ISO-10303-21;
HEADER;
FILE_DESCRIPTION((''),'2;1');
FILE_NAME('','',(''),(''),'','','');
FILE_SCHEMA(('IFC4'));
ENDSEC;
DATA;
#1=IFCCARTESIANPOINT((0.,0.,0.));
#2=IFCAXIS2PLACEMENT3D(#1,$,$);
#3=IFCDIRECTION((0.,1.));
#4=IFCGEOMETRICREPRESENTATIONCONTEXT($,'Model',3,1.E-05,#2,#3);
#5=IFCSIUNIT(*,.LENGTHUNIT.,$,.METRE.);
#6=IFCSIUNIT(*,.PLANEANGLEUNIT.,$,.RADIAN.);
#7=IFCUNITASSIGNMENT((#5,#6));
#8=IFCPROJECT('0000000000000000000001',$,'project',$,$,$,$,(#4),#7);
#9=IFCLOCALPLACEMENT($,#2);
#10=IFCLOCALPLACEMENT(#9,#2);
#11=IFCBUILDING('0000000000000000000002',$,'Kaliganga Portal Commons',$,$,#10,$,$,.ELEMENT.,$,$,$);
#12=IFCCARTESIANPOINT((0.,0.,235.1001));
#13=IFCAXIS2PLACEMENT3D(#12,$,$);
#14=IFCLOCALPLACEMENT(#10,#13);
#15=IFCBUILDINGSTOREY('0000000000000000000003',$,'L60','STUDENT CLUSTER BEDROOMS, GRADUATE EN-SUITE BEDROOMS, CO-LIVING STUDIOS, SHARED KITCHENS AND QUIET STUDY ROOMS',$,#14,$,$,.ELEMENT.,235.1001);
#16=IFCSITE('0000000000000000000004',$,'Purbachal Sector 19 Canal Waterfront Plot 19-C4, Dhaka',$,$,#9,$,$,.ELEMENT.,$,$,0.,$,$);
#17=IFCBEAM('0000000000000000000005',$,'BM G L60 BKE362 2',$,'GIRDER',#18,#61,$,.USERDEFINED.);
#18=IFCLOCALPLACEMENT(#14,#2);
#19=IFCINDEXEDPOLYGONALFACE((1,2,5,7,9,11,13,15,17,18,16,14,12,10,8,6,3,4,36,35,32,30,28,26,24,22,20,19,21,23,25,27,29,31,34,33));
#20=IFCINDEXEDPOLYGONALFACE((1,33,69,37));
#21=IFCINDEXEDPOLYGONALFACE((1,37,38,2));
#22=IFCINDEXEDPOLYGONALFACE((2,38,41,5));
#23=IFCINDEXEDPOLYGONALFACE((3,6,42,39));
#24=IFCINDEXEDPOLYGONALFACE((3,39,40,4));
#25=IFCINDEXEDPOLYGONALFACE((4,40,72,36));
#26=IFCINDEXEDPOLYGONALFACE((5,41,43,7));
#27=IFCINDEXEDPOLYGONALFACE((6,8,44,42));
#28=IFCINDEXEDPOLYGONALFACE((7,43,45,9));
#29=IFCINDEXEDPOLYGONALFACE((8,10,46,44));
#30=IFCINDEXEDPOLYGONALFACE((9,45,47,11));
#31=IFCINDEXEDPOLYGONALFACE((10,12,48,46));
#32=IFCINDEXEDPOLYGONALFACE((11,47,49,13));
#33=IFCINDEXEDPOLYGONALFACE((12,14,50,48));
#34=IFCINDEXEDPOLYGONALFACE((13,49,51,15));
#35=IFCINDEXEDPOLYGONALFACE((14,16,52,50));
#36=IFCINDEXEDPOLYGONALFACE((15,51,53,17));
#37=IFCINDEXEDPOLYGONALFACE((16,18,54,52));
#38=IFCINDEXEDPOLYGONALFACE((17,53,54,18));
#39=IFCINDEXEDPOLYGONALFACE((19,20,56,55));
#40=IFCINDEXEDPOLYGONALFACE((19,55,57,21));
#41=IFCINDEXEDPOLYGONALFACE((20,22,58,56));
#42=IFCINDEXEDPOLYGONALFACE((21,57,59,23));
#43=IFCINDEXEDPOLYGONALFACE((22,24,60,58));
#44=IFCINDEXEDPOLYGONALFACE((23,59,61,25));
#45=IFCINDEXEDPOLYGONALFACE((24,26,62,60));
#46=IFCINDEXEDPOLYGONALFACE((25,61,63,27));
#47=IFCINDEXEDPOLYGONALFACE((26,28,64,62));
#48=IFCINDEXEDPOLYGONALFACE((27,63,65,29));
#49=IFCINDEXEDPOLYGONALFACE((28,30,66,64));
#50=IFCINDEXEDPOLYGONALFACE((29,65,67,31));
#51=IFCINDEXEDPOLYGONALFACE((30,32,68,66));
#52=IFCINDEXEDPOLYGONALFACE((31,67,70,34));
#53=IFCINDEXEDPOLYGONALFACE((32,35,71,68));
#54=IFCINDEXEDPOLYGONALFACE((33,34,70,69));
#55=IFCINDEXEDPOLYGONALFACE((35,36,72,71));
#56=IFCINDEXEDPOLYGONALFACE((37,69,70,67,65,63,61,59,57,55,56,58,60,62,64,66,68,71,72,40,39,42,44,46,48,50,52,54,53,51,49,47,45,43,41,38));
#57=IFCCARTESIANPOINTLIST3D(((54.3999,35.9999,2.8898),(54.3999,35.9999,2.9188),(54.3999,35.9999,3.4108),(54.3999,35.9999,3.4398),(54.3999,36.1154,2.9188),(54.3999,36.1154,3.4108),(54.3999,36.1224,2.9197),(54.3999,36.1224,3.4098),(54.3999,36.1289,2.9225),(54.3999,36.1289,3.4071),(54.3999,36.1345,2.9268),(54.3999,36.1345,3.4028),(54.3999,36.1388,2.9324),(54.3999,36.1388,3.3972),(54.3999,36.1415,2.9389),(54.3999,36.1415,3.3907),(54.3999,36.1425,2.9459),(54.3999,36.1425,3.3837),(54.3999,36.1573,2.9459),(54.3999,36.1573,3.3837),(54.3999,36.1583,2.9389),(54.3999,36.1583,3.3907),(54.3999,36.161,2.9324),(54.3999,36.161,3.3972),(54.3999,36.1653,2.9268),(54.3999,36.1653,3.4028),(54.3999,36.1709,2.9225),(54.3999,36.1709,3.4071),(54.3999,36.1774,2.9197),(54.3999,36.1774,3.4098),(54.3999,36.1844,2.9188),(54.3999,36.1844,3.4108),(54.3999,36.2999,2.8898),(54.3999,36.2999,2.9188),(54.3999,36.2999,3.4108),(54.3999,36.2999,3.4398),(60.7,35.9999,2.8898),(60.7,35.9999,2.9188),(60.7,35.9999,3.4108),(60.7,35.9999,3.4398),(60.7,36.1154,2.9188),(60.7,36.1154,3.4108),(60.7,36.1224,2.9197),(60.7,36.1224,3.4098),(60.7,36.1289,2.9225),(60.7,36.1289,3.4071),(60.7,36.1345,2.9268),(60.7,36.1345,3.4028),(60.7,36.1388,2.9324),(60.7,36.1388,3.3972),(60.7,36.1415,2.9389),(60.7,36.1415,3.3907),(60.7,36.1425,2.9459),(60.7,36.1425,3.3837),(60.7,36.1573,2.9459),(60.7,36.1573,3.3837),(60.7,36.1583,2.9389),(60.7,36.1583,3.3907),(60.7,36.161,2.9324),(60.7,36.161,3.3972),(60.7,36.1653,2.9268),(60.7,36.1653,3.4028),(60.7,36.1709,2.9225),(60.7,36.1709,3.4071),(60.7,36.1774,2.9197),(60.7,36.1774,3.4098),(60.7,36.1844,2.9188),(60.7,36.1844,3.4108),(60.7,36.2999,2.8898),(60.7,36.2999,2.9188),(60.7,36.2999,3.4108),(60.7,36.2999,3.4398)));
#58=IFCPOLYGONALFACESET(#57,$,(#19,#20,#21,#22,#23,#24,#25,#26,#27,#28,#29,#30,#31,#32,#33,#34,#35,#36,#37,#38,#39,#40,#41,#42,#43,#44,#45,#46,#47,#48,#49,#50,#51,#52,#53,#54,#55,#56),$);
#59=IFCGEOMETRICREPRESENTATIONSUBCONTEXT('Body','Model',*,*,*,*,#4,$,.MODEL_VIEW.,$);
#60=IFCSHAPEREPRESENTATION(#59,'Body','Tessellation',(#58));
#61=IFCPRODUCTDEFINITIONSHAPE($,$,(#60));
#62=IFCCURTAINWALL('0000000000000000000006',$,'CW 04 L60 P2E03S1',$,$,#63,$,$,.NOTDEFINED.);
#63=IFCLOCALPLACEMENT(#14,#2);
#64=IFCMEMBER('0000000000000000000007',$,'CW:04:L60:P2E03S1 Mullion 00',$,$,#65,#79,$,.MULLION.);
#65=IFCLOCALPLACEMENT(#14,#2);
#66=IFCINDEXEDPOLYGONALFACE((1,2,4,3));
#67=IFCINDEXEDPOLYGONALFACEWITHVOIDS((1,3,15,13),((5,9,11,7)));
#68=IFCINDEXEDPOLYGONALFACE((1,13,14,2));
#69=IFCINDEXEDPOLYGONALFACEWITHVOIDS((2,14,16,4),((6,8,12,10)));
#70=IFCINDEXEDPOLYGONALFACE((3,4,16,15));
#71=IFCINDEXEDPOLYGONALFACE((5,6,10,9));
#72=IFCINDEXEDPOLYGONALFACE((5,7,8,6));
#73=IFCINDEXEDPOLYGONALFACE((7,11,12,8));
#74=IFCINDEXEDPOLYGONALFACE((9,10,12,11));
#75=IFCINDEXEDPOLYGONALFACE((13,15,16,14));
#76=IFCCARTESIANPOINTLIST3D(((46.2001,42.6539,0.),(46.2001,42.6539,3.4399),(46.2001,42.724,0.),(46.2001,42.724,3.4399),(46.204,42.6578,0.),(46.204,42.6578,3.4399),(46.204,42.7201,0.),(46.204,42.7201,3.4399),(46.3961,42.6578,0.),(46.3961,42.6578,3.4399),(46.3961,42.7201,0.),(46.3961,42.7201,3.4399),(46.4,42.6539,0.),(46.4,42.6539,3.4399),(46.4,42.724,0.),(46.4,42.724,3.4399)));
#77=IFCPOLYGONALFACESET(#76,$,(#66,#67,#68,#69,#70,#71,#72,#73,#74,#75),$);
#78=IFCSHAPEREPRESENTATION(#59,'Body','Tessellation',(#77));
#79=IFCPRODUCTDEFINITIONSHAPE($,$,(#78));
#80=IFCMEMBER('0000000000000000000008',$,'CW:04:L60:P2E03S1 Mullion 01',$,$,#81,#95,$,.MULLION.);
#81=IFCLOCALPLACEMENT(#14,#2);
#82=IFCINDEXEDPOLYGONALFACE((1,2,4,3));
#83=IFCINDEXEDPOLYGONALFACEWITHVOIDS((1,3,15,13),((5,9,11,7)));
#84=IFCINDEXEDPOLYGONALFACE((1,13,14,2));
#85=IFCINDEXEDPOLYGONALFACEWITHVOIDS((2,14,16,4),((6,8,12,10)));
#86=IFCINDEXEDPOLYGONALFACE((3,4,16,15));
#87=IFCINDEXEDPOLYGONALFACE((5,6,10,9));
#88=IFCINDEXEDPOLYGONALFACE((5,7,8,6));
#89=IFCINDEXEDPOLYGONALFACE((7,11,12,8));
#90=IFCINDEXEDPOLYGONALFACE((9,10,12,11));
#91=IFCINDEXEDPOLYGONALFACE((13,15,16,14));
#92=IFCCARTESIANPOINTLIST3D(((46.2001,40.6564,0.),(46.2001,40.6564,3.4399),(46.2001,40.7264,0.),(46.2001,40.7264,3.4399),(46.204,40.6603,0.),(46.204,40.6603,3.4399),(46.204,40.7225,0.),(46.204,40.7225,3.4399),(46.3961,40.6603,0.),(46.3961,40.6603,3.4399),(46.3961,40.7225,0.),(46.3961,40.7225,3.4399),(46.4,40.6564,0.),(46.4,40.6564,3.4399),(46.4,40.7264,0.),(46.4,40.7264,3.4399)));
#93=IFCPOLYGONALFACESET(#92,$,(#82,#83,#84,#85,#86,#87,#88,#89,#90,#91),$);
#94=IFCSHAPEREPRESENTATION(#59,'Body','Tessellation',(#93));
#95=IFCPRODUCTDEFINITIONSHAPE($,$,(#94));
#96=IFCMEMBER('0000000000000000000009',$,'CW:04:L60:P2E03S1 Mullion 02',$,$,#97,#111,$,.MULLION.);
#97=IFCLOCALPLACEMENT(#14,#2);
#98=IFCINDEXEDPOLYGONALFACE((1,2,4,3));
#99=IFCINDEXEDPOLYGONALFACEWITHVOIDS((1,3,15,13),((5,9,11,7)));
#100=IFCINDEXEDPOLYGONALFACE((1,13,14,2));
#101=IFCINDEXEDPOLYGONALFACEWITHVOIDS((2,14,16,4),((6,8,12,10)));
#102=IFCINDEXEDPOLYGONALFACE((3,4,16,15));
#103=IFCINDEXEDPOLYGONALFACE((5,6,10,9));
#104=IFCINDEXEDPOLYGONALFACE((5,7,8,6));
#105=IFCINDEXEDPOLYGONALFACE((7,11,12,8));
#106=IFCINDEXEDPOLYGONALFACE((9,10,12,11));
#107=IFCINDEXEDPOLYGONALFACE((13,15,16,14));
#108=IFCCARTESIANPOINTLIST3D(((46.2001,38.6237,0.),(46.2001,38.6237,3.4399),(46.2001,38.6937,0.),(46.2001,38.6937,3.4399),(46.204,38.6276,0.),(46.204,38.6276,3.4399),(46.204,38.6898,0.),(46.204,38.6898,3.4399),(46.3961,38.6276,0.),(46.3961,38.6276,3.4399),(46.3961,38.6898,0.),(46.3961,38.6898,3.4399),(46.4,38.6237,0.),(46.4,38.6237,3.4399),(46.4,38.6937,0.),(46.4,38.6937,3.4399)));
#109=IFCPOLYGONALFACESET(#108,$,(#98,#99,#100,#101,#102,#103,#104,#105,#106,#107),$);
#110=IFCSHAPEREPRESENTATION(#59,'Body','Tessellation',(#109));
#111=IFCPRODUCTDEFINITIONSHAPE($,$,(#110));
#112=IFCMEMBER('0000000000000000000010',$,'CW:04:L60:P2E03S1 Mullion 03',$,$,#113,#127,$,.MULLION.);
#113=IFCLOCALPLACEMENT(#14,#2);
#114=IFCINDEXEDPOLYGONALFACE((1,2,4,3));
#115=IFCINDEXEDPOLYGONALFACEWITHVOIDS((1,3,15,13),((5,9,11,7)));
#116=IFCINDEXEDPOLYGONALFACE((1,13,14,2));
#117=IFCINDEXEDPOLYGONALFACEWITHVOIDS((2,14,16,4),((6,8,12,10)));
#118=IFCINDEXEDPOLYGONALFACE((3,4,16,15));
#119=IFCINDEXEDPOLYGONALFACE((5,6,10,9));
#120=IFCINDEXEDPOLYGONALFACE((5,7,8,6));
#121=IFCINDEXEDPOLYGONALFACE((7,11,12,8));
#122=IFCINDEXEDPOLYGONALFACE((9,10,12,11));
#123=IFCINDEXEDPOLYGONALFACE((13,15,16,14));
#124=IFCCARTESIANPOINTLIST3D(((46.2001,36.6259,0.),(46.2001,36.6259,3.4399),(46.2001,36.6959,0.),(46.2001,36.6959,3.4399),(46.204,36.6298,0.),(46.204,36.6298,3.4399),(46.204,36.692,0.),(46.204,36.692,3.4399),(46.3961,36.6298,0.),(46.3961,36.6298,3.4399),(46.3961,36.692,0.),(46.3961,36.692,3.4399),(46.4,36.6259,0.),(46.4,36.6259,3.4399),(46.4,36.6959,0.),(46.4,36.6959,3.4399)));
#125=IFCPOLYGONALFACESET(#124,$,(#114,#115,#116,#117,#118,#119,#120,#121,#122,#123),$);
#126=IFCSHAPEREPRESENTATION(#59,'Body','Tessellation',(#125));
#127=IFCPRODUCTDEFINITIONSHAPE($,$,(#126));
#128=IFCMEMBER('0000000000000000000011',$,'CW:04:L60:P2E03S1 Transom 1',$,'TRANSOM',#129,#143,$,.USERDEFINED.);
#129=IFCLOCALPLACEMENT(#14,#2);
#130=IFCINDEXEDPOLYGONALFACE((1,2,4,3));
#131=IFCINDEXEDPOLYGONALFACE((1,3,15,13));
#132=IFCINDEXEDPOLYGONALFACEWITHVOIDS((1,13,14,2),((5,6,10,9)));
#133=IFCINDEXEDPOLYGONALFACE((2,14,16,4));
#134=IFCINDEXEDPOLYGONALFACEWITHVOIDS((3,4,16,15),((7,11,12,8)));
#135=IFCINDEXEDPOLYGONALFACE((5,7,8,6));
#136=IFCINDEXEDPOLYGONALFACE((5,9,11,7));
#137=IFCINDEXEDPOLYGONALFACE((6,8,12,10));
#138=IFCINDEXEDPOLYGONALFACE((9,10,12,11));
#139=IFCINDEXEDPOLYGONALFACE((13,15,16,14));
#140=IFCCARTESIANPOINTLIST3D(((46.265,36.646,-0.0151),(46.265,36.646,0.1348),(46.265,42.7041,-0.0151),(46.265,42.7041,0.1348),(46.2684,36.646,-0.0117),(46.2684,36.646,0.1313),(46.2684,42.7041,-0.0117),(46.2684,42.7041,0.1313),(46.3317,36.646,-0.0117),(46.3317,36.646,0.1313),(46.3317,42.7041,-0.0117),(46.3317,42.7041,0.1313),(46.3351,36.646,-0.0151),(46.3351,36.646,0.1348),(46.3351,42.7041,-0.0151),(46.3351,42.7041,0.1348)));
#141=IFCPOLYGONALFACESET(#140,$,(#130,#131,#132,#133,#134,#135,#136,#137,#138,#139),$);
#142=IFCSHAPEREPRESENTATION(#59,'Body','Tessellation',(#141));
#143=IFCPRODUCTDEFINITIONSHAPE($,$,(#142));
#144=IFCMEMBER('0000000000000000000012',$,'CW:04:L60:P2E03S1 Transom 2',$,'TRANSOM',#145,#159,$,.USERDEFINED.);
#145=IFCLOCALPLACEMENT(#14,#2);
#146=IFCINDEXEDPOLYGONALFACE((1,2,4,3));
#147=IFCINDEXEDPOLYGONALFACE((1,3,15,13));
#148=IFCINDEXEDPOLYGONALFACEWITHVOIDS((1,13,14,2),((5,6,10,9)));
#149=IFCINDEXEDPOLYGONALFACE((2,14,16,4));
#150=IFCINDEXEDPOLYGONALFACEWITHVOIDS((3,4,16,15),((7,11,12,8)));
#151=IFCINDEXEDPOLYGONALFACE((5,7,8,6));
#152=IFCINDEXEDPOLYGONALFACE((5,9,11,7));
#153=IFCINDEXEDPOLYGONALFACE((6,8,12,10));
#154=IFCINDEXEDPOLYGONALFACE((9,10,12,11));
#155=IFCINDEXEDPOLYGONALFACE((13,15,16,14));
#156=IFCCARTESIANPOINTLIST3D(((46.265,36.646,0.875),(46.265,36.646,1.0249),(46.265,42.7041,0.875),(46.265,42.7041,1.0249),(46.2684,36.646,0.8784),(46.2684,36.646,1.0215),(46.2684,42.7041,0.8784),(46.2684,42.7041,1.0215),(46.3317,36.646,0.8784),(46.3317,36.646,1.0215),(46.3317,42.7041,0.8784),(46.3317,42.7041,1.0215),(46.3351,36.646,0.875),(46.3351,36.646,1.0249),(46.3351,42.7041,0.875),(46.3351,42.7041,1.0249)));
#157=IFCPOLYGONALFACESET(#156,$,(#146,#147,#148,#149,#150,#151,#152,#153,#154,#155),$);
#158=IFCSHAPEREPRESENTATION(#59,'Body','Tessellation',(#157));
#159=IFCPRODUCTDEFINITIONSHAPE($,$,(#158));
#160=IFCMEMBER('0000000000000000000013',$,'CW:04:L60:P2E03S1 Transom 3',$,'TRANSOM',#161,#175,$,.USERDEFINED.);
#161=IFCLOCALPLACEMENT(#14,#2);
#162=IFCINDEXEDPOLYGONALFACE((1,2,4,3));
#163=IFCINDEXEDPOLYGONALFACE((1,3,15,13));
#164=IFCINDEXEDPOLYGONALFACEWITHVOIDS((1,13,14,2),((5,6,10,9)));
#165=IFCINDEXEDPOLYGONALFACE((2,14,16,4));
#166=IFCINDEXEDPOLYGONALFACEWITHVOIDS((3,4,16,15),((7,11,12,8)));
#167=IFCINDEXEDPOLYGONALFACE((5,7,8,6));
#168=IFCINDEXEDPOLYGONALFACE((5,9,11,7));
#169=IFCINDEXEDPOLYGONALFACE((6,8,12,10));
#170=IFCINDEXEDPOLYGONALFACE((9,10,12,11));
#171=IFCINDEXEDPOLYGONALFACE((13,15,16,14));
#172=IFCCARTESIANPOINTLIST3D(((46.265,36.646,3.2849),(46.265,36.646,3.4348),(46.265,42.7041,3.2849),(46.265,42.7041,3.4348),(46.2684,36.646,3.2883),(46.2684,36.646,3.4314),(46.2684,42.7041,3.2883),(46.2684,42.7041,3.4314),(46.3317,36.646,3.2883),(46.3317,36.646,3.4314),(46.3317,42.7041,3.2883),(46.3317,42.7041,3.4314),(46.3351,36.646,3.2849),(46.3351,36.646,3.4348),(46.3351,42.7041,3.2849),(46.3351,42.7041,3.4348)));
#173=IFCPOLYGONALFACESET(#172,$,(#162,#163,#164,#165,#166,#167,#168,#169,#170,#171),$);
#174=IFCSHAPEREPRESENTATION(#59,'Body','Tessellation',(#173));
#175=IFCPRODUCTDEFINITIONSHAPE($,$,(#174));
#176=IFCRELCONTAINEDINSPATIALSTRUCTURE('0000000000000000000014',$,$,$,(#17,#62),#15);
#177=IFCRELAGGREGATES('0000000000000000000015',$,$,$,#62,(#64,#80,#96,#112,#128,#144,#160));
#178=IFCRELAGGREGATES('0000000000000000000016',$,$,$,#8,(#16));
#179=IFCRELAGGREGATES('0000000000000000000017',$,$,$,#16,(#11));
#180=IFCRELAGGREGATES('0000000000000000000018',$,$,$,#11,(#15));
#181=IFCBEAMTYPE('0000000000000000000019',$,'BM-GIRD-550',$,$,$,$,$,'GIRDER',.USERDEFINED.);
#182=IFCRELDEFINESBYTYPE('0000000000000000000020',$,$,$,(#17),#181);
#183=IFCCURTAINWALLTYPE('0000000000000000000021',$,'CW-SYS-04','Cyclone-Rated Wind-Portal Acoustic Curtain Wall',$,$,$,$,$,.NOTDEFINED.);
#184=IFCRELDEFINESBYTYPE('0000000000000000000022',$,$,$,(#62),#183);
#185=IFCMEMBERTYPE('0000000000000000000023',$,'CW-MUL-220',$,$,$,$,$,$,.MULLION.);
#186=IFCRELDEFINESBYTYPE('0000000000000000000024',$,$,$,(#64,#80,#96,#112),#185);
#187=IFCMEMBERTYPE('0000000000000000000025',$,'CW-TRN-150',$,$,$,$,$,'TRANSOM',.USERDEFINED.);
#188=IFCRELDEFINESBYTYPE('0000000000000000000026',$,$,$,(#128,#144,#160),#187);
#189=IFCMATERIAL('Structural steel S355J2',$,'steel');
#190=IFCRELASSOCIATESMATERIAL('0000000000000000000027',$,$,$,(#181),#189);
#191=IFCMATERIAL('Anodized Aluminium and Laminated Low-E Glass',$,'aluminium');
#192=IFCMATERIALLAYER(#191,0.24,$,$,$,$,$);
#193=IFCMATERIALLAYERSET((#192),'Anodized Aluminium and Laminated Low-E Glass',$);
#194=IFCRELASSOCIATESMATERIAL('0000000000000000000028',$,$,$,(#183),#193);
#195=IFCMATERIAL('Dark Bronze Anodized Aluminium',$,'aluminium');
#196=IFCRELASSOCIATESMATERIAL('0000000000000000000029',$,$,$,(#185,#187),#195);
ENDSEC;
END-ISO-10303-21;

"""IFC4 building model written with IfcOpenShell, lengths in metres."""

from ifc_helpers import new_model, si_unit, direction, frame, origin, origin_2d, place, context, subcontext, project, spatial, hollow_rectangle, i_section, extrude, source, transform, mapped, material, layer, layer_set, material_profile, profile_set, type_object, element, aggregate, save


model = new_model("IFC4")

# Units and contexts
model_context = context("Model", 3, precision=1e-05, world=origin(), true_north=direction((0.0, 1.0)))
body_context = subcontext(model_context, "Body", "Model", "MODEL_VIEW")
ifc_project = project(units=[si_unit("LENGTHUNIT", "METRE"), si_unit("PLANEANGLEUNIT", "RADIAN")], contexts=[model_context])

# Site, building, storey
site_placement = place(None, origin())
site = spatial("IfcSite", under=ifc_project, at=site_placement, Name="Purbachal Sector 19 Canal Waterfront Plot 19-C4, Dhaka", CompositionType="ELEMENT", RefElevation=0.0)
building_placement = place(site_placement, origin())
building = spatial("IfcBuilding", under=site, at=building_placement, Name="Kaliganga Portal Commons", CompositionType="ELEMENT")
storey_placement = place(building_placement, frame((0.0, 0.0, 235.1001)))
storey = spatial("IfcBuildingStorey", under=building, at=storey_placement, Name="L60", Description="STUDENT CLUSTER BEDROOMS, GRADUATE EN-SUITE BEDROOMS, CO-LIVING STUDIOS, SHARED KITCHENS AND QUIET STUDY ROOMS", CompositionType="ELEMENT", Elevation=235.1001)

# Shared definitions
ifc_material_1 = material(Name="Structural steel S355J2", Category="steel")

# Beam
ifc_material_profile_1 = material_profile(ifc_material_1, i_section(OverallWidth=0.3, OverallDepth=0.55, WebThickness=0.0149, FlangeThickness=0.0291, FilletRadius=0.0271, at=origin_2d()), Name="HE 550 B")
ifc_profile_set_1 = profile_set([ifc_material_profile_1], Name="Structural steel S355J2 wide-flange")
beam_type = type_object("IfcBeamType", Name="BM-GIRD-550", ElementType="GIRDER", PredefinedType="USERDEFINED", material=ifc_profile_set_1)
shared_shape_1 = source(origin(), body_context, "Body", "SweptSolid", [
    extrude(i_section(OverallWidth=0.3, OverallDepth=0.55, WebThickness=0.0149, FlangeThickness=0.0291, FilletRadius=0.0271, at=origin_2d()), origin(), (0.0, 0.0, 1.0), 6.3),
])
beam_1_placement = place(storey_placement, frame((54.3999, 36.1499, 3.1648), z_axis=(1.0, 0.0, 0.0), x_axis=(0.0, 1.0, 0.0)))
element("IfcBeam", 1, at=beam_1_placement, inside=storey, type_object=beam_type, Name="BM G L60 BKE362 2", ObjectType="GIRDER", PredefinedType="USERDEFINED", context=body_context, shape_type="MappedRepresentation", body=[
    mapped(shared_shape_1, transform((0.0, 0.0, 0.0), x_axis=(1.0, 0.0, 0.0), y_axis=(0.0, 1.0, 0.0), z_axis=(0.0, 0.0, 1.0), scale=1.0)),
])

# Curtain wall, members
ifc_material_2 = material(Name="Anodized Aluminium and Laminated Low-E Glass", Category="aluminium")
ifc_layer_1 = layer(ifc_material_2, 0.24)
ifc_layer_set_1 = layer_set([ifc_layer_1], Name="Anodized Aluminium and Laminated Low-E Glass")
curtain_wall_type = type_object("IfcCurtainWallType", Name="CW-SYS-04", Description="Cyclone-Rated Wind-Portal Acoustic Curtain Wall", PredefinedType="NOTDEFINED", material=ifc_layer_set_1)
curtain_wall_placement = place(storey_placement, origin())
curtain_wall = element("IfcCurtainWall", 2, at=curtain_wall_placement, inside=storey, type_object=curtain_wall_type, Name="CW 04 L60 P2E03S1", PredefinedType="NOTDEFINED")
ifc_material_3 = material(Name="Dark Bronze Anodized Aluminium", Category="aluminium")
ifc_material_profile_2 = material_profile(ifc_material_3, hollow_rectangle(XDim=0.0701, YDim=0.2, WallThickness=0.0039, at=origin_2d()), Name="ALU MULL 70x200x4")
ifc_profile_set_2 = profile_set([ifc_material_profile_2], Name="Dark Bronze Anodized Aluminium")
member_type_1 = type_object("IfcMemberType", Name="CW-MUL-220", PredefinedType="MULLION", material=ifc_profile_set_2)
shared_shape_2 = source(origin(), body_context, "Body", "SweptSolid", [
    extrude(hollow_rectangle(XDim=0.0701, YDim=0.2, WallThickness=0.0039, at=origin_2d()), origin(), (0.0, 0.0, 1.0), 3.4399),
])
member_1_placement = place(storey_placement, frame((46.3, 42.689, 0.0), z_axis=(0.0, 0.0, 1.0), x_axis=(0.0, -1.0, 0.0)))
member_1 = element("IfcMember", 3, at=member_1_placement, type_object=member_type_1, Name="CW:04:L60:P2E03S1 Mullion 00", PredefinedType="MULLION", context=body_context, shape_type="MappedRepresentation", body=[
    mapped(shared_shape_2, transform((0.0, 0.0, 0.0), x_axis=(1.0, 0.0, 0.0), y_axis=(0.0, 1.0, 0.0), z_axis=(0.0, 0.0, 1.0), scale=1.0)),
])
member_2_placement = place(storey_placement, frame((46.3, 40.6914, 0.0), z_axis=(0.0, 0.0, 1.0), x_axis=(0.0, -1.0, 0.0)))
member_2 = element("IfcMember", 4, at=member_2_placement, type_object=member_type_1, Name="CW:04:L60:P2E03S1 Mullion 01", PredefinedType="MULLION", context=body_context, shape_type="MappedRepresentation", body=[
    mapped(shared_shape_2, transform((0.0, 0.0, 0.0), x_axis=(1.0, 0.0, 0.0), y_axis=(0.0, 1.0, 0.0), z_axis=(0.0, 0.0, 1.0), scale=1.0)),
])
member_3_placement = place(storey_placement, frame((46.3, 38.6587, 0.0), z_axis=(0.0, 0.0, 1.0), x_axis=(0.0, -1.0, 0.0)))
member_3 = element("IfcMember", 5, at=member_3_placement, type_object=member_type_1, Name="CW:04:L60:P2E03S1 Mullion 02", PredefinedType="MULLION", context=body_context, shape_type="MappedRepresentation", body=[
    mapped(shared_shape_2, transform((0.0, 0.0, 0.0), x_axis=(1.0, 0.0, 0.0), y_axis=(0.0, 1.0, 0.0), z_axis=(0.0, 0.0, 1.0), scale=1.0)),
])
member_4_placement = place(storey_placement, frame((46.3, 36.6609, 0.0), z_axis=(0.0, 0.0, 1.0), x_axis=(0.0, -1.0, 0.0)))
member_4 = element("IfcMember", 6, at=member_4_placement, type_object=member_type_1, Name="CW:04:L60:P2E03S1 Mullion 03", PredefinedType="MULLION", context=body_context, shape_type="MappedRepresentation", body=[
    mapped(shared_shape_2, transform((0.0, 0.0, 0.0), x_axis=(1.0, 0.0, 0.0), y_axis=(0.0, 1.0, 0.0), z_axis=(0.0, 0.0, 1.0), scale=1.0)),
])
ifc_material_profile_3 = material_profile(ifc_material_3, hollow_rectangle(XDim=0.0701, YDim=0.1499, WallThickness=0.0034, at=origin_2d()), Name="ALU TRAN 70x150x3.5")
ifc_profile_set_3 = profile_set([ifc_material_profile_3], Name="Dark Bronze Anodized Aluminium")
member_type_2 = type_object("IfcMemberType", Name="CW-TRN-150", ElementType="TRANSOM", PredefinedType="USERDEFINED", material=ifc_profile_set_3)
shared_shape_3 = source(origin(), body_context, "Body", "SweptSolid", [
    extrude(hollow_rectangle(XDim=0.0701, YDim=0.1499, WallThickness=0.0034, at=origin_2d()), origin(), (0.0, 0.0, 1.0), 6.0581),
])
member_5_placement = place(storey_placement, frame((46.3, 42.7041, 0.0598), z_axis=(0.0, -1.0, 0.0), x_axis=(1.0, 0.0, 0.0)))
member_5 = element("IfcMember", 7, at=member_5_placement, type_object=member_type_2, Name="CW:04:L60:P2E03S1 Transom 1", ObjectType="TRANSOM", PredefinedType="USERDEFINED", context=body_context, shape_type="MappedRepresentation", body=[
    mapped(shared_shape_3, transform((0.0, 0.0, 0.0), x_axis=(1.0, 0.0, 0.0), y_axis=(0.0, 1.0, 0.0), z_axis=(0.0, 0.0, 1.0), scale=1.0)),
])
member_6_placement = place(storey_placement, frame((46.3, 42.7041, 0.95), z_axis=(0.0, -1.0, 0.0), x_axis=(1.0, 0.0, 0.0)))
member_6 = element("IfcMember", 8, at=member_6_placement, type_object=member_type_2, Name="CW:04:L60:P2E03S1 Transom 2", ObjectType="TRANSOM", PredefinedType="USERDEFINED", context=body_context, shape_type="MappedRepresentation", body=[
    mapped(shared_shape_3, transform((0.0, 0.0, 0.0), x_axis=(1.0, 0.0, 0.0), y_axis=(0.0, 1.0, 0.0), z_axis=(0.0, 0.0, 1.0), scale=1.0)),
])
member_7_placement = place(storey_placement, frame((46.3, 42.7041, 3.3599), z_axis=(0.0, -1.0, 0.0), x_axis=(1.0, 0.0, 0.0)))
member_7 = element("IfcMember", 9, at=member_7_placement, type_object=member_type_2, Name="CW:04:L60:P2E03S1 Transom 3", ObjectType="TRANSOM", PredefinedType="USERDEFINED", context=body_context, shape_type="MappedRepresentation", body=[
    mapped(shared_shape_3, transform((0.0, 0.0, 0.0), x_axis=(1.0, 0.0, 0.0), y_axis=(0.0, 1.0, 0.0), z_axis=(0.0, 0.0, 1.0), scale=1.0)),
])
aggregate(curtain_wall, [member_1, member_2, member_3, member_4, member_5, member_6, member_7])

save(model, "model.ifc")
